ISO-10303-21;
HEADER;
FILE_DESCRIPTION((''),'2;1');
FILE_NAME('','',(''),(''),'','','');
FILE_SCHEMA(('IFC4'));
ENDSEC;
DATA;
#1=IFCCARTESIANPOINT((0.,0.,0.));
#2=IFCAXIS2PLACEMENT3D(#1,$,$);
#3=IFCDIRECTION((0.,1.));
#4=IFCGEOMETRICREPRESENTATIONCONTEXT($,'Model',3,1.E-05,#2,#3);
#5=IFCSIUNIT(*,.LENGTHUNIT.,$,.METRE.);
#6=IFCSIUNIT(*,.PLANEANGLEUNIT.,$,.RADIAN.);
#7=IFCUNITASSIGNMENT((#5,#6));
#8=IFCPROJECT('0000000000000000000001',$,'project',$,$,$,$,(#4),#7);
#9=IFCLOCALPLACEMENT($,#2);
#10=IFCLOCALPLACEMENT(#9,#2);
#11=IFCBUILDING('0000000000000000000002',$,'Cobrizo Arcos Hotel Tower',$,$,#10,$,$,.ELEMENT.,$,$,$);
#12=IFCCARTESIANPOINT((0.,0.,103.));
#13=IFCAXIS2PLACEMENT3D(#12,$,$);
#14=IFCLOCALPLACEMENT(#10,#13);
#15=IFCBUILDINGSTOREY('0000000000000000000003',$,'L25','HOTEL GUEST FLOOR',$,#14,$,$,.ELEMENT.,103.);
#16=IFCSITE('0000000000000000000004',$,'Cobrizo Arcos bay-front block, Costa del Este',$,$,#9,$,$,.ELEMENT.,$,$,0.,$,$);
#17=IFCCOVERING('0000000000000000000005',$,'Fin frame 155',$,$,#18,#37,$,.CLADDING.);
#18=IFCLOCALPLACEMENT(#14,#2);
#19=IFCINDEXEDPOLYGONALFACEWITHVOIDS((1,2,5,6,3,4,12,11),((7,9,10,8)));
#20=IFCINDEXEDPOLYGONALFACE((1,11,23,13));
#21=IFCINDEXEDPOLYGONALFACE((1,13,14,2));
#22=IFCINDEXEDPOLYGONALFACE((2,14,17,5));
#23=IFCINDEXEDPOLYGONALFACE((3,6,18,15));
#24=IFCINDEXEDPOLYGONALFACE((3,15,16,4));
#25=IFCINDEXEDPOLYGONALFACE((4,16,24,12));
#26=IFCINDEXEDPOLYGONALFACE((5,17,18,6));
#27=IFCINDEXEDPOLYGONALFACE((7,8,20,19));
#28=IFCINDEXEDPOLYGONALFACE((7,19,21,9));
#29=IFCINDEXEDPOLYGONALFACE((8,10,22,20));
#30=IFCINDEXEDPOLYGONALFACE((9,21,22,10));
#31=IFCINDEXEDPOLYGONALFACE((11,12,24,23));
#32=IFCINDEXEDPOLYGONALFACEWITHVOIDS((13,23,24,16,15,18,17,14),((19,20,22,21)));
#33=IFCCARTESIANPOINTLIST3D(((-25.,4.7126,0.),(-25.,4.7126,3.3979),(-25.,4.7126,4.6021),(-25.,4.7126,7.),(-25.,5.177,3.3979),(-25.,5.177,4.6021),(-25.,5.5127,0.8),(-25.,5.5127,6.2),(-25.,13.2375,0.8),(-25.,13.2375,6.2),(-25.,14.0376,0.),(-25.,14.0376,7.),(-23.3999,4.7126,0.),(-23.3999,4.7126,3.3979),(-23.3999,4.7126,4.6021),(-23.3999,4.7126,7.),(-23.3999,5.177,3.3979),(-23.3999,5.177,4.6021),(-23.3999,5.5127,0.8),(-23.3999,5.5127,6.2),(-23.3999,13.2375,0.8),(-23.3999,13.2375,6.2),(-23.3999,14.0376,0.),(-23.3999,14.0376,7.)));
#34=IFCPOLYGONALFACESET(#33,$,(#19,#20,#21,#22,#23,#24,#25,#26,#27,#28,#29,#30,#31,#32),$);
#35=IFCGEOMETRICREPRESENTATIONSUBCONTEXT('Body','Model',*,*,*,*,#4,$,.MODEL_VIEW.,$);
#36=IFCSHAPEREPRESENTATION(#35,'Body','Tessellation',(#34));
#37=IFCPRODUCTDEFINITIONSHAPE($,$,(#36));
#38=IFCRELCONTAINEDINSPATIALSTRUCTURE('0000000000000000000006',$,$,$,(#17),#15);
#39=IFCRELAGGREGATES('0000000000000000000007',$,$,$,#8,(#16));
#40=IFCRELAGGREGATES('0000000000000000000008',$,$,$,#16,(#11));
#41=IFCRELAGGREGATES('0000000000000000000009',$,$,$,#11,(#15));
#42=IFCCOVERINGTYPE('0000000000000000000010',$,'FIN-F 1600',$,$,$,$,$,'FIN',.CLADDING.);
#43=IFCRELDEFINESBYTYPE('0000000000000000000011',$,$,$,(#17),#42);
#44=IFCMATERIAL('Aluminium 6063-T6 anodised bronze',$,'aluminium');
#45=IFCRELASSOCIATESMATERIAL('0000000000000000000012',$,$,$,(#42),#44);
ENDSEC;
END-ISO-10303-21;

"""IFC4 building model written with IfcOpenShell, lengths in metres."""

from ifc_helpers import new_model, si_unit, direction, frame, origin, place, context, subcontext, project, spatial, polyline, outline, extrude, material, type_object, element, save


model = new_model("IFC4")

# Units and contexts
model_context = context("Model", 3, precision=1e-05, world=origin(), true_north=direction((0.0, 1.0)))
body_context = subcontext(model_context, "Body", "Model", "MODEL_VIEW")
ifc_project = project(units=[si_unit("LENGTHUNIT", "METRE"), si_unit("PLANEANGLEUNIT", "RADIAN")], contexts=[model_context])

# Site, building, storey
site_placement = place(None, origin())
site = spatial("IfcSite", under=ifc_project, at=site_placement, Name="Cobrizo Arcos bay-front block, Costa del Este", CompositionType="ELEMENT", RefElevation=0.0)
building_placement = place(site_placement, origin())
building = spatial("IfcBuilding", under=site, at=building_placement, Name="Cobrizo Arcos Hotel Tower", CompositionType="ELEMENT")
storey_placement = place(building_placement, frame((0.0, 0.0, 103.0)))
storey = spatial("IfcBuildingStorey", under=building, at=storey_placement, Name="L25", Description="HOTEL GUEST FLOOR", CompositionType="ELEMENT", Elevation=103.0)

# Shared definitions
ifc_material_1 = material(Name="Aluminium 6063-T6 anodised bronze", Category="aluminium")

# Covering
covering_type = type_object("IfcCoveringType", Name="FIN-F 1600", ElementType="FIN", PredefinedType="CLADDING", material=ifc_material_1)
covering_1_placement = place(storey_placement, frame((-23.3999, 14.0376, 0.0), z_axis=(-1.0, 0.0, 0.0), x_axis=(0.0, -1.0, 0.0)))
element("IfcCovering", 1, at=covering_1_placement, inside=storey, type_object=covering_type, Name="Fin frame 155", PredefinedType="CLADDING", context=body_context, shape_type="SweptSolid", body=[
    extrude(outline(polyline([(9.325, 0.0), (9.325, 3.3979), (8.8606, 3.3979), (8.8606, 4.6021), (9.325, 4.6021), (9.325, 7.0), (0.0, 7.0), (0.0, 0.0), (9.325, 0.0)]), holes=[polyline([(8.5249, 0.8), (0.8, 0.8), (0.8, 6.2), (8.5249, 6.2), (8.5249, 0.8)])]), origin(), (0.0, 0.0, 1.0), 1.6001),
])

save(model, "model.ifc")
